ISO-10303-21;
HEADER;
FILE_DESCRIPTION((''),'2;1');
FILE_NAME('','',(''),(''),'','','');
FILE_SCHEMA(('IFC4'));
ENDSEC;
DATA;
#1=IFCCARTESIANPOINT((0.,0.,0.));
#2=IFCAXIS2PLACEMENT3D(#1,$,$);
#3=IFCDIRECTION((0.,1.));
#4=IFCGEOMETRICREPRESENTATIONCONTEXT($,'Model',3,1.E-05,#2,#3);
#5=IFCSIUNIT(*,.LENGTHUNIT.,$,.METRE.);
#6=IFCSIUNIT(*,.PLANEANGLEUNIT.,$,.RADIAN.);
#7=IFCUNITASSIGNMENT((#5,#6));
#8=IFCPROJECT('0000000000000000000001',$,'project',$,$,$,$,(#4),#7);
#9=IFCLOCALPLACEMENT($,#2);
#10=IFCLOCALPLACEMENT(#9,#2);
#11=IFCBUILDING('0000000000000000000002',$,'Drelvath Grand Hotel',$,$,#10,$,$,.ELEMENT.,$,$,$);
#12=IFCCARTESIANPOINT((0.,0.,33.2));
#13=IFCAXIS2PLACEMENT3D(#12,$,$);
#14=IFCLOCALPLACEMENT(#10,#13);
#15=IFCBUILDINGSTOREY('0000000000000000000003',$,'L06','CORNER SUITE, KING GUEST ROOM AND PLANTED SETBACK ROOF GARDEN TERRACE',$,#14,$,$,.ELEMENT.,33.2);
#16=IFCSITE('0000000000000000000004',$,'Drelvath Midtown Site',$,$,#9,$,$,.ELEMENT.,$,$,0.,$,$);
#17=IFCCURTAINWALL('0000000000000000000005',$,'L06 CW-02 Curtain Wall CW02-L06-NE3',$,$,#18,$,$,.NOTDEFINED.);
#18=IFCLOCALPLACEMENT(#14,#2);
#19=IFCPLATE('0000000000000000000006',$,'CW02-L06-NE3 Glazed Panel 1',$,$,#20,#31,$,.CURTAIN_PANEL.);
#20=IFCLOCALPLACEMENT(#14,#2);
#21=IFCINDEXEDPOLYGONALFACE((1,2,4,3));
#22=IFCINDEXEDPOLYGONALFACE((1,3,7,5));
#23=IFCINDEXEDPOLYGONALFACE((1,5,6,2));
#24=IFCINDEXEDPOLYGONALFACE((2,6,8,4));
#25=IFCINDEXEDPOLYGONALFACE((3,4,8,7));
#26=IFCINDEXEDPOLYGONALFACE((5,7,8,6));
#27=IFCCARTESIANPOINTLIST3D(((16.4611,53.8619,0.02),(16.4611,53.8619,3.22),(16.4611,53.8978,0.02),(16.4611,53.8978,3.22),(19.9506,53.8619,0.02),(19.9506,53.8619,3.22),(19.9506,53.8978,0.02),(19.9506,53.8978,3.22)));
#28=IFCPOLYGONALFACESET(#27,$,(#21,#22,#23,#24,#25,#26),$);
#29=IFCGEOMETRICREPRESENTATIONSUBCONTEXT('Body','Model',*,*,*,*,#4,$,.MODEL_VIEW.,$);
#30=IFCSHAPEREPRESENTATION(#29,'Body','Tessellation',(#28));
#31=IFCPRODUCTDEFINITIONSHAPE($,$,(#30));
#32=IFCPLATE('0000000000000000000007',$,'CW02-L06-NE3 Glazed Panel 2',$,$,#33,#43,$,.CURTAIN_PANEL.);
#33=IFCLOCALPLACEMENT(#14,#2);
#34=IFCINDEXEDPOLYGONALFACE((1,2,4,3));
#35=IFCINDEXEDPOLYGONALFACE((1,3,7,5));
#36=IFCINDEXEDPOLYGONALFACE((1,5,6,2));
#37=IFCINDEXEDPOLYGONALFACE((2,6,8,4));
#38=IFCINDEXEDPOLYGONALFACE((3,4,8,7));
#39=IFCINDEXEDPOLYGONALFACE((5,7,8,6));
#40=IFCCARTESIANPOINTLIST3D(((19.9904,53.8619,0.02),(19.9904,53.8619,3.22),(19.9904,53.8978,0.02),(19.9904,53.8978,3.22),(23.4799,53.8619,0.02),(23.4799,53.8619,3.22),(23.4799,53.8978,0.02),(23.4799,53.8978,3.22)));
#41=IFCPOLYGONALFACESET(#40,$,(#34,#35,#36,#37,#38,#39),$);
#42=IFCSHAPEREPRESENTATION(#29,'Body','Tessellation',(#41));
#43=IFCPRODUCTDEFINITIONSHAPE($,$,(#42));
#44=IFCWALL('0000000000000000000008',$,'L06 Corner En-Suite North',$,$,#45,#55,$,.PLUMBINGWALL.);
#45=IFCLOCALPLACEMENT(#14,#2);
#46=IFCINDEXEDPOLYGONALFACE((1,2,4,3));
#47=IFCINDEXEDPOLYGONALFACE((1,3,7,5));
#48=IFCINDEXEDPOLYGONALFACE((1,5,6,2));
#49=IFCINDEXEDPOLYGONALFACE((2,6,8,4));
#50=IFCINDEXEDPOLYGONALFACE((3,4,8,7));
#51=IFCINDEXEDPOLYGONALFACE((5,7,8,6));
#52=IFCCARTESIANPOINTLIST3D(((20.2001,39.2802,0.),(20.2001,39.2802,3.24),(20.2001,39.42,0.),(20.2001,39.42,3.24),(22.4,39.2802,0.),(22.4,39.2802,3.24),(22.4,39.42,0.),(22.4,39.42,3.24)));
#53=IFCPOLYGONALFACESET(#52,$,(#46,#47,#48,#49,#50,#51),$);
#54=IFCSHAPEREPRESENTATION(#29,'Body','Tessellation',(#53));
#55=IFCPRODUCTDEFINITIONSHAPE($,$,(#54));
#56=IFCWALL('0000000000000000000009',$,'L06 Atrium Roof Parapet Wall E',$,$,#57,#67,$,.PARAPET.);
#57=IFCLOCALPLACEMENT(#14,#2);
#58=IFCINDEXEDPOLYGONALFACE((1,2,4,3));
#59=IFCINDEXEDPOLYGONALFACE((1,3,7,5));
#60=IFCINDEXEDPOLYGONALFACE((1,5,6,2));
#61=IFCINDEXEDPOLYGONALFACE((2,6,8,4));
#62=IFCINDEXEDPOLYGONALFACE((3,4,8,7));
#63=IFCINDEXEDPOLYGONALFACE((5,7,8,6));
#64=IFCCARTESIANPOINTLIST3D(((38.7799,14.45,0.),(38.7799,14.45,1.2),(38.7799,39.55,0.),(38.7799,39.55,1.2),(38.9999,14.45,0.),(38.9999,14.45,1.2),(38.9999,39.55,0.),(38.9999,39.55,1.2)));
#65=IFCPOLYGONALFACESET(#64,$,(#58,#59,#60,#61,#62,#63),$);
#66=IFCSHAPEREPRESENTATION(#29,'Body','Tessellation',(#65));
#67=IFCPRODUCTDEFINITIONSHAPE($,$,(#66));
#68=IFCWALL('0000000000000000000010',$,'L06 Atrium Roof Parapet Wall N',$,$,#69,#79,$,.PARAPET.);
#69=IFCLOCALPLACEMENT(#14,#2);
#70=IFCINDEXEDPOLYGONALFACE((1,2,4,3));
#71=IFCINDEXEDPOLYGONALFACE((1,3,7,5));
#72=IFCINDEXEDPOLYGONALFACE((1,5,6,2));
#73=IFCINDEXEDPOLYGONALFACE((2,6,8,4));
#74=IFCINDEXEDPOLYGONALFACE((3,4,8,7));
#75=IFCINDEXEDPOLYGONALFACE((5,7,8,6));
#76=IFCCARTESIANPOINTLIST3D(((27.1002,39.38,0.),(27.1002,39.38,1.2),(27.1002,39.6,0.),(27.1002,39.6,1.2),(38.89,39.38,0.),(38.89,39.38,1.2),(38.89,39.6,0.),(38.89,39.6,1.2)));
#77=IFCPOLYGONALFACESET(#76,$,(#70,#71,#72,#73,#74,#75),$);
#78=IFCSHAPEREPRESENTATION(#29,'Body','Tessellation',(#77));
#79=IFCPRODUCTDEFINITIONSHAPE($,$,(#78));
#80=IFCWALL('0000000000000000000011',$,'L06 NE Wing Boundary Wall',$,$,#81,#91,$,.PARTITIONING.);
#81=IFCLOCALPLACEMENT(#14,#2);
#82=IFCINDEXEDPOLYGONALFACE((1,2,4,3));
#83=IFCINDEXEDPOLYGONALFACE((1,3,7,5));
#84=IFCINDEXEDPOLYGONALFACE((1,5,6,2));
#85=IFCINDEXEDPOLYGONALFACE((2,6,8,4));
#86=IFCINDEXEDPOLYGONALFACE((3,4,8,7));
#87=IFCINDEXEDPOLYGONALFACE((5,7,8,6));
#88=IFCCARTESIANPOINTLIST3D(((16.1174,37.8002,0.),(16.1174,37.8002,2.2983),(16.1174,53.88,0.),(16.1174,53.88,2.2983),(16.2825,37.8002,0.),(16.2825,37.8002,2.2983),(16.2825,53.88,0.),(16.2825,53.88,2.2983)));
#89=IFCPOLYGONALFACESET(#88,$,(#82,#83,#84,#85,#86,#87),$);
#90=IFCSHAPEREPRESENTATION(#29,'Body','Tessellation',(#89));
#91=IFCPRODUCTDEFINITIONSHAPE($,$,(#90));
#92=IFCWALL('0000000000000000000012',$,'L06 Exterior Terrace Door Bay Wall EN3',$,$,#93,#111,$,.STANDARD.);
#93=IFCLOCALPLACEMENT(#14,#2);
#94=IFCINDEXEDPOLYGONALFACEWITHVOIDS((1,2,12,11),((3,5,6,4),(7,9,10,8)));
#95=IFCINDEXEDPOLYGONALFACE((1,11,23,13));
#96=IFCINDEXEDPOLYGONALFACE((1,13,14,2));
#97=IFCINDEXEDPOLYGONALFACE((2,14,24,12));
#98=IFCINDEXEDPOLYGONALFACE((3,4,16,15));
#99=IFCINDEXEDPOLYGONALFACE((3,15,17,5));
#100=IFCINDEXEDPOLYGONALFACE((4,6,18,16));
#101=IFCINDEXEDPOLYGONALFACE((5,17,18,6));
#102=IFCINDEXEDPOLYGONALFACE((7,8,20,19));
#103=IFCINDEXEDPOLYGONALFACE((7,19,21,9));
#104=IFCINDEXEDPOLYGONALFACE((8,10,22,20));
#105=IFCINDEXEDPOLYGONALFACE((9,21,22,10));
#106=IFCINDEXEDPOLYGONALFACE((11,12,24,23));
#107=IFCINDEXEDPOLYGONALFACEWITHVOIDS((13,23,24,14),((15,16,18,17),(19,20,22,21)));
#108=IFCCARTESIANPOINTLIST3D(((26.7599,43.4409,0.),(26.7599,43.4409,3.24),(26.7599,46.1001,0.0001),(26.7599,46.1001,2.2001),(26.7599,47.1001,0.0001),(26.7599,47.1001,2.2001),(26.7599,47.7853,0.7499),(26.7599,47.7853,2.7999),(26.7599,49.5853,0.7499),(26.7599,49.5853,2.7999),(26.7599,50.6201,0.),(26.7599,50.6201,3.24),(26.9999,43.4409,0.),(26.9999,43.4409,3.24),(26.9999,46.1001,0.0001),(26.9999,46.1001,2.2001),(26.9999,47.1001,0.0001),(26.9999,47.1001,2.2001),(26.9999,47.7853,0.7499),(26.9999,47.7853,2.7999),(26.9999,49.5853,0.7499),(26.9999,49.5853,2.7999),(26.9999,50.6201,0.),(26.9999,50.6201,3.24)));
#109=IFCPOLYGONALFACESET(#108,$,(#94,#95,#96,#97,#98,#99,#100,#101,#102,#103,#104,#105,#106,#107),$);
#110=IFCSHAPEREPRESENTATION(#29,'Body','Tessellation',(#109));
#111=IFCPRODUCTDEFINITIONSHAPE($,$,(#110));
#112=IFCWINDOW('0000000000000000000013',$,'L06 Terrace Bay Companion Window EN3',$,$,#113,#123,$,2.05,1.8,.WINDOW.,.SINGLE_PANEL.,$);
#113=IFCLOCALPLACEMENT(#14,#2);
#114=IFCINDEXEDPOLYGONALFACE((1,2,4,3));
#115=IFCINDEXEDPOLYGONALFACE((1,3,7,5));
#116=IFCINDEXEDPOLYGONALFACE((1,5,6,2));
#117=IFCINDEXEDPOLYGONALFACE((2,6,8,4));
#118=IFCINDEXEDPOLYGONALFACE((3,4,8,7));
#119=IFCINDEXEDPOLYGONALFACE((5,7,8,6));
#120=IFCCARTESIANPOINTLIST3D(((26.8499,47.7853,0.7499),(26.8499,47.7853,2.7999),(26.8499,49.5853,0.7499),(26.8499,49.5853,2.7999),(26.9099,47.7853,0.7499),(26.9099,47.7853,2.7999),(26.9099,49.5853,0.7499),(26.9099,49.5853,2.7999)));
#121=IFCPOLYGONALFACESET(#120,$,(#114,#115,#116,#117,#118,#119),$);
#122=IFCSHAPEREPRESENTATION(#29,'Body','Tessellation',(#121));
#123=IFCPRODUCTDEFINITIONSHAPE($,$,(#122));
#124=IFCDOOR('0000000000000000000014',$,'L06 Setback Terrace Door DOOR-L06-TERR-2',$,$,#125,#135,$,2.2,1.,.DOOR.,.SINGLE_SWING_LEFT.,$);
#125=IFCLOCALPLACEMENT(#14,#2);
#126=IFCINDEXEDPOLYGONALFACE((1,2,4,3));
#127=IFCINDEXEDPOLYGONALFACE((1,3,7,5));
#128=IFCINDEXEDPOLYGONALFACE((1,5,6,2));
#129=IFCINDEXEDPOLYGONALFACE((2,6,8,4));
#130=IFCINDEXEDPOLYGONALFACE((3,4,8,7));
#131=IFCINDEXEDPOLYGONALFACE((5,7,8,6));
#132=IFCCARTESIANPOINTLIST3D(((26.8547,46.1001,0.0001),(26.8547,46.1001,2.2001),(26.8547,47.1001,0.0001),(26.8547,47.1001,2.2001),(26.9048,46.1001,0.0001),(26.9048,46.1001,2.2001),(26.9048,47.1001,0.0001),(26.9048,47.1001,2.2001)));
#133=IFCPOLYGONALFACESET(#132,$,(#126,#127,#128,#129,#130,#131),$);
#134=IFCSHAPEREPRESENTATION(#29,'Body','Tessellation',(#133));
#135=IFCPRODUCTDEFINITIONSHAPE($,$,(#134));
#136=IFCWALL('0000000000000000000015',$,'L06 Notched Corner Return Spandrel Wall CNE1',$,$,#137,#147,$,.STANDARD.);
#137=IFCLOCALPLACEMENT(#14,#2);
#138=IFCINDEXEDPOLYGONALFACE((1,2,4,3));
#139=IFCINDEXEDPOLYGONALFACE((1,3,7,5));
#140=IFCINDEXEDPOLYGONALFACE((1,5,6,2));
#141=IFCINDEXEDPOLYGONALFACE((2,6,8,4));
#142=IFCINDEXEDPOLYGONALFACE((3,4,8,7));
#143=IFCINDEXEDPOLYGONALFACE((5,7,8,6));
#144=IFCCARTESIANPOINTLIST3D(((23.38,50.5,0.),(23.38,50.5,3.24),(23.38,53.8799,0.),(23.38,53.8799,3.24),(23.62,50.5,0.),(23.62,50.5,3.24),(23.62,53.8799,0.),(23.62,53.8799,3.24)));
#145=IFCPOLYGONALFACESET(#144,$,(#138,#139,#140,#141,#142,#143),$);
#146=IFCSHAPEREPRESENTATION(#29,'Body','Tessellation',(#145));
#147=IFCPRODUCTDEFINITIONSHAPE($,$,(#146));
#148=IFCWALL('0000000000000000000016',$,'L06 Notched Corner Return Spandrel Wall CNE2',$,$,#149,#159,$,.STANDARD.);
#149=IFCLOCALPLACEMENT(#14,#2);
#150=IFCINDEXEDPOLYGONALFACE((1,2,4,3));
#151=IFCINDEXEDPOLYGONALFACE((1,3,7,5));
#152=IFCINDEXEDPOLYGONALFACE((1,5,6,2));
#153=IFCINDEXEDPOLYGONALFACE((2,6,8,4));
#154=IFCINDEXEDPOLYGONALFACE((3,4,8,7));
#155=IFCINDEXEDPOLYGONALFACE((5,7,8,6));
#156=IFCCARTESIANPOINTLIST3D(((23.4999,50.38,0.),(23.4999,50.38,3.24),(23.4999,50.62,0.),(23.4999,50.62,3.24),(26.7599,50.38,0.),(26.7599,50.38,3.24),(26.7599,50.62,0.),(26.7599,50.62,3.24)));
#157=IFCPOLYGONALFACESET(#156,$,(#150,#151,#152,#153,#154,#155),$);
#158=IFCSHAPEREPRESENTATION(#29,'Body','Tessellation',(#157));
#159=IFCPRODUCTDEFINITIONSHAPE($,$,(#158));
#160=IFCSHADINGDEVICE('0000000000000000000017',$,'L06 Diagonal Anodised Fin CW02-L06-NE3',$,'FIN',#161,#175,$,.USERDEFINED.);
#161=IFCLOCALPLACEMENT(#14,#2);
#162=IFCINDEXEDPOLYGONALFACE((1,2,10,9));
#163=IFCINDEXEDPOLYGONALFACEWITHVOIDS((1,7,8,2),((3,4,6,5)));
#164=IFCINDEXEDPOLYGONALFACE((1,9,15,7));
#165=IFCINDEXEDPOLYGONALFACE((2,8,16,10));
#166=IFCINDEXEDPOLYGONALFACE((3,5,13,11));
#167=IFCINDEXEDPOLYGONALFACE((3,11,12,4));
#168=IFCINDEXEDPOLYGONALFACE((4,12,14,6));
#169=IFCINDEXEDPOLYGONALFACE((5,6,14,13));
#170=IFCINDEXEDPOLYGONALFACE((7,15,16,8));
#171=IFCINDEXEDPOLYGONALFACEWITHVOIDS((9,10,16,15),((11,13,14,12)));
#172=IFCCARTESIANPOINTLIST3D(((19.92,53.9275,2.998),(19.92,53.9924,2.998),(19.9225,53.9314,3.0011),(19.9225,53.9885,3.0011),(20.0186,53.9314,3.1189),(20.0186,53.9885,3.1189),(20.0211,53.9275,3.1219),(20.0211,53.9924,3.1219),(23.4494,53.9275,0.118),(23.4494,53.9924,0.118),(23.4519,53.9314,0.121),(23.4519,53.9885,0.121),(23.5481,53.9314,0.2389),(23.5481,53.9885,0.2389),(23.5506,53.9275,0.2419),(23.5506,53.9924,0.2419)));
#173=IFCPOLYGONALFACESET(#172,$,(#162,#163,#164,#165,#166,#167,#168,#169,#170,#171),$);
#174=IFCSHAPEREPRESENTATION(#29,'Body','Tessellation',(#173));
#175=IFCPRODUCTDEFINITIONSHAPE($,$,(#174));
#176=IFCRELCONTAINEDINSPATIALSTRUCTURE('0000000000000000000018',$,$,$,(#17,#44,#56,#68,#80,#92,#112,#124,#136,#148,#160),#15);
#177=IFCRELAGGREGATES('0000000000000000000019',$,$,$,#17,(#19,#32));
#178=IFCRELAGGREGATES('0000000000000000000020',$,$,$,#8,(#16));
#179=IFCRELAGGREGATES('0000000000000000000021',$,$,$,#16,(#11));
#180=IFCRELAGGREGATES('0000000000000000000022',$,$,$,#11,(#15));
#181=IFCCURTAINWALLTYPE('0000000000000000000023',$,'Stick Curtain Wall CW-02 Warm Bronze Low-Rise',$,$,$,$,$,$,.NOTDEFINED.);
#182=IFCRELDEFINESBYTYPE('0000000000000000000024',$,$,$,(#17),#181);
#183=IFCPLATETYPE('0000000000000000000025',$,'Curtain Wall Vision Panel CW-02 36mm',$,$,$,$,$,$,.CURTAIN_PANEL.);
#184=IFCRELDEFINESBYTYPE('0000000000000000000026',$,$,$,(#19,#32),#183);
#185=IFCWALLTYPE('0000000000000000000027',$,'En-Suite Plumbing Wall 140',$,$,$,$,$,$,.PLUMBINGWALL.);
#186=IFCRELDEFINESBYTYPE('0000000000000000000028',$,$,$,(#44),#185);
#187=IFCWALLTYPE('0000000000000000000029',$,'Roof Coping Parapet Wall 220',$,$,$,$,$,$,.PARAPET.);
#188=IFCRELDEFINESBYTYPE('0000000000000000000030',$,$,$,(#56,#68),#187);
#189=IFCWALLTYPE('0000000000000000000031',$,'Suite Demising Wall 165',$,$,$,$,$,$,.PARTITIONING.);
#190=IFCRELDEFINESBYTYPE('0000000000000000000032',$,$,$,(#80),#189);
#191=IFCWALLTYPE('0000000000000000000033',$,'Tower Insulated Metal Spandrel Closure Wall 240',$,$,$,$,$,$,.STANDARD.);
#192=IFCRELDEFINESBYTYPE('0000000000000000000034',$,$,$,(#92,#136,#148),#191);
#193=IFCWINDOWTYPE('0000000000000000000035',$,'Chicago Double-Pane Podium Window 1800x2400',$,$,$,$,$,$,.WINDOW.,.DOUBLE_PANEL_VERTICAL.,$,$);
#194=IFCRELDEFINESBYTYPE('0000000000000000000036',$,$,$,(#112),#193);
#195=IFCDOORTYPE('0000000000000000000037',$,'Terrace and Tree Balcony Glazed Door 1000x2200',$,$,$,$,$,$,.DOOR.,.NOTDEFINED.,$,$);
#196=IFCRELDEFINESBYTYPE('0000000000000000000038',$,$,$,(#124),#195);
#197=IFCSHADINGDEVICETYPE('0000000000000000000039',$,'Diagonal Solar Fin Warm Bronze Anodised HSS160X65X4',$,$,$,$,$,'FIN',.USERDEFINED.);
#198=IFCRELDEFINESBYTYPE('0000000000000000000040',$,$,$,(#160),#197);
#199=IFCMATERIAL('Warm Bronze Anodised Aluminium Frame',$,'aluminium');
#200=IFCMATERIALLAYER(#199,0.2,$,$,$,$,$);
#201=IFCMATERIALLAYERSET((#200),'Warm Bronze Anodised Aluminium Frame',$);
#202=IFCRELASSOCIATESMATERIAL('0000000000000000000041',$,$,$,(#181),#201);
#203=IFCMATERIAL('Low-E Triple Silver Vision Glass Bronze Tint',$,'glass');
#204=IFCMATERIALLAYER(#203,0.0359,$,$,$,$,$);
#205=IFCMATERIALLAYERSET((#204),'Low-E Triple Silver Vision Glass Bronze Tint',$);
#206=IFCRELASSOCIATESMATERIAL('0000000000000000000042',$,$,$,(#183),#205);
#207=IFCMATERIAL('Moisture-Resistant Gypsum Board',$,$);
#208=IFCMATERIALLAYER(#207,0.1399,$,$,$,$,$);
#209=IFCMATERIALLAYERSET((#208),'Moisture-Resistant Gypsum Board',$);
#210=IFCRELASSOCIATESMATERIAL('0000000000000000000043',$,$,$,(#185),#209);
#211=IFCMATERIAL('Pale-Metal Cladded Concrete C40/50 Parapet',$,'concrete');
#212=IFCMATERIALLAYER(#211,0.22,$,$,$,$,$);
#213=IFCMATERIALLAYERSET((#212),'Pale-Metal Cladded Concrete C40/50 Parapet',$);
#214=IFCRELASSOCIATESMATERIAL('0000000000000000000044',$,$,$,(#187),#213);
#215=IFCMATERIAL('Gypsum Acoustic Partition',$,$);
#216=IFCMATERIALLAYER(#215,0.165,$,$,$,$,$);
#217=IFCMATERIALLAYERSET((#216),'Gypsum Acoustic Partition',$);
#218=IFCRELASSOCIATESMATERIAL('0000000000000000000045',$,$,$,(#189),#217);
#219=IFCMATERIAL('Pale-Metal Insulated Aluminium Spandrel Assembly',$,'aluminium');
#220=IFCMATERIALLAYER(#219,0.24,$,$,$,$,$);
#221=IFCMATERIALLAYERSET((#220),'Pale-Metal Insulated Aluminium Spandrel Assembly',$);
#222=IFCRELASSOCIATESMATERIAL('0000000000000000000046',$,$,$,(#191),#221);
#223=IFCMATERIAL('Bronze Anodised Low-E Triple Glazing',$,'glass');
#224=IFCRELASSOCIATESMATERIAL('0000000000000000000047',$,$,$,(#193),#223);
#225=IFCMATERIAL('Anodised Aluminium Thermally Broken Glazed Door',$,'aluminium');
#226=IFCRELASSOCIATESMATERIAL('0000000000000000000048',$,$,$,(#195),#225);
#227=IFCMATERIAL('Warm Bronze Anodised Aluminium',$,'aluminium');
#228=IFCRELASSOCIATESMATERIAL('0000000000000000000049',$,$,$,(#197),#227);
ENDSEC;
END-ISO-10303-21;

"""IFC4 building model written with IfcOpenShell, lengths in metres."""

from ifc_helpers import new_model, si_unit, direction, frame, frame_2d, origin, origin_2d, place, context, subcontext, project, spatial, rectangle, hollow_rectangle, extrude, material, layer, layer_set, material_profile, profile_set, type_object, element, fill, aggregate, save


model = new_model("IFC4")

# Units and contexts
model_context = context("Model", 3, precision=1e-05, world=origin(), true_north=direction((0.0, 1.0)))
body_context = subcontext(model_context, "Body", "Model", "MODEL_VIEW")
ifc_project = project(units=[si_unit("LENGTHUNIT", "METRE"), si_unit("PLANEANGLEUNIT", "RADIAN")], contexts=[model_context])

# Site, building, storey
site_placement = place(None, origin())
site = spatial("IfcSite", under=ifc_project, at=site_placement, Name="Drelvath Midtown Site", CompositionType="ELEMENT", RefElevation=0.0)
building_placement = place(site_placement, origin())
building = spatial("IfcBuilding", under=site, at=building_placement, Name="Drelvath Grand Hotel", CompositionType="ELEMENT")
storey_placement = place(building_placement, frame((0.0, 0.0, 33.2)))
storey = spatial("IfcBuildingStorey", under=building, at=storey_placement, Name="L06", Description="CORNER SUITE, KING GUEST ROOM AND PLANTED SETBACK ROOF GARDEN TERRACE", CompositionType="ELEMENT", Elevation=33.2)

# Curtain wall
ifc_material_1 = material(Name="Warm Bronze Anodised Aluminium Frame", Category="aluminium")
ifc_layer_1 = layer(ifc_material_1, 0.2)
ifc_layer_set_1 = layer_set([ifc_layer_1], Name="Warm Bronze Anodised Aluminium Frame")
curtain_wall_type = type_object("IfcCurtainWallType", Name="Stick Curtain Wall CW-02 Warm Bronze Low-Rise", PredefinedType="NOTDEFINED", material=ifc_layer_set_1)
curtain_wall_1_placement = place(storey_placement, origin())
curtain_wall_1 = element("IfcCurtainWall", 1, at=curtain_wall_1_placement, inside=storey, type_object=curtain_wall_type, Name="L06 CW-02 Curtain Wall CW02-L06-NE3", PredefinedType="NOTDEFINED")

# Plates
ifc_material_2 = material(Name="Low-E Triple Silver Vision Glass Bronze Tint", Category="glass")
ifc_layer_2 = layer(ifc_material_2, 0.0359)
ifc_layer_set_2 = layer_set([ifc_layer_2], Name="Low-E Triple Silver Vision Glass Bronze Tint")
plate_type = type_object("IfcPlateType", Name="Curtain Wall Vision Panel CW-02 36mm", PredefinedType="CURTAIN_PANEL", material=ifc_layer_set_2)
plate_1_placement = place(storey_placement, frame((18.2058, 53.8799, 0.02), z_axis=(0.0, 0.0, 1.0), x_axis=(1.0, 0.0, 0.0)))
plate_1 = element("IfcPlate", 2, at=plate_1_placement, type_object=plate_type, Name="CW02-L06-NE3 Glazed Panel 1", PredefinedType="CURTAIN_PANEL", context=body_context, shape_type="SweptSolid", body=[
    extrude(rectangle(XDim=3.4895, YDim=0.0359, at=origin_2d()), origin(), (0.0, 0.0, 1.0), 3.2),
])
plate_2_placement = place(storey_placement, frame((21.7351, 53.8799, 0.02), z_axis=(0.0, 0.0, 1.0), x_axis=(1.0, 0.0, 0.0)))
plate_2 = element("IfcPlate", 3, at=plate_2_placement, type_object=plate_type, Name="CW02-L06-NE3 Glazed Panel 2", PredefinedType="CURTAIN_PANEL", context=body_context, shape_type="SweptSolid", body=[
    extrude(rectangle(XDim=3.4895, YDim=0.0359, at=origin_2d()), origin(), (0.0, 0.0, 1.0), 3.2),
])
aggregate(curtain_wall_1, [plate_1, plate_2])

# Walls
ifc_material_3 = material(Name="Moisture-Resistant Gypsum Board")
ifc_layer_3 = layer(ifc_material_3, 0.1399)
ifc_layer_set_3 = layer_set([ifc_layer_3], Name="Moisture-Resistant Gypsum Board")
wall_type_1 = type_object("IfcWallType", Name="En-Suite Plumbing Wall 140", PredefinedType="PLUMBINGWALL", material=ifc_layer_set_3)
wall_1_placement = place(storey_placement, frame((20.2, 39.3501, 0.0), z_axis=(0.0, 0.0, 1.0), x_axis=(1.0, 0.0, 0.0)))
element("IfcWall", 4, at=wall_1_placement, inside=storey, type_object=wall_type_1, Name="L06 Corner En-Suite North", PredefinedType="PLUMBINGWALL", context=body_context, shape_type="SweptSolid", body=[
    extrude(rectangle(XDim=2.2, YDim=0.1399, at=frame_2d((1.1001, 0.0))), origin(), (0.0, 0.0, 1.0), 3.24),
])
ifc_material_4 = material(Name="Pale-Metal Cladded Concrete C40/50 Parapet", Category="concrete")
ifc_layer_4 = layer(ifc_material_4, 0.22)
ifc_layer_set_4 = layer_set([ifc_layer_4], Name="Pale-Metal Cladded Concrete C40/50 Parapet")
wall_type_2 = type_object("IfcWallType", Name="Roof Coping Parapet Wall 220", PredefinedType="PARAPET", material=ifc_layer_set_4)
wall_2_placement = place(storey_placement, frame((38.8899, 39.55, 0.0), z_axis=(0.0, 0.0, 1.0), x_axis=(0.0, -1.0, 0.0)))
element("IfcWall", 5, at=wall_2_placement, inside=storey, type_object=wall_type_2, Name="L06 Atrium Roof Parapet Wall E", PredefinedType="PARAPET", context=body_context, shape_type="SweptSolid", body=[
    extrude(rectangle(XDim=25.1001, YDim=0.22, at=frame_2d((12.55, 0.0))), origin(), (0.0, 0.0, 1.0), 1.2),
])
wall_3_placement = place(storey_placement, frame((27.1001, 39.49, 0.0), z_axis=(0.0, 0.0, 1.0), x_axis=(1.0, 0.0, 0.0)))
element("IfcWall", 6, at=wall_3_placement, inside=storey, type_object=wall_type_2, Name="L06 Atrium Roof Parapet Wall N", PredefinedType="PARAPET", context=body_context, shape_type="SweptSolid", body=[
    extrude(rectangle(XDim=11.7898, YDim=0.22, at=frame_2d((5.895, 0.0))), origin(), (0.0, 0.0, 1.0), 1.2),
])
ifc_material_5 = material(Name="Gypsum Acoustic Partition")
ifc_layer_5 = layer(ifc_material_5, 0.165)
ifc_layer_set_5 = layer_set([ifc_layer_5], Name="Gypsum Acoustic Partition")
wall_type_3 = type_object("IfcWallType", Name="Suite Demising Wall 165", PredefinedType="PARTITIONING", material=ifc_layer_set_5)
wall_4_placement = place(storey_placement, frame((16.2, 37.8, 0.0), z_axis=(0.0, 0.0, 1.0), x_axis=(0.0, 1.0, 0.0)))
element("IfcWall", 7, at=wall_4_placement, inside=storey, type_object=wall_type_3, Name="L06 NE Wing Boundary Wall", PredefinedType="PARTITIONING", context=body_context, shape_type="SweptSolid", body=[
    extrude(rectangle(XDim=16.0798, YDim=0.165, at=frame_2d((8.04, 0.0))), origin(), (0.0, 0.0, 1.0), 2.2983),
])

# Wall, openings, window, door
ifc_material_6 = material(Name="Pale-Metal Insulated Aluminium Spandrel Assembly", Category="aluminium")
ifc_layer_6 = layer(ifc_material_6, 0.24)
ifc_layer_set_6 = layer_set([ifc_layer_6], Name="Pale-Metal Insulated Aluminium Spandrel Assembly")
wall_type_4 = type_object("IfcWallType", Name="Tower Insulated Metal Spandrel Closure Wall 240", PredefinedType="STANDARD", material=ifc_layer_set_6)
wall_5_placement = place(storey_placement, frame((26.8799, 50.6201, 0.0), z_axis=(0.0, 0.0, 1.0), x_axis=(0.0, -1.0, 0.0)))
wall_5 = element("IfcWall", 8, at=wall_5_placement, inside=storey, type_object=wall_type_4, Name="L06 Exterior Terrace Door Bay Wall EN3", PredefinedType="STANDARD", context=body_context, shape_type="SweptSolid", body=[
    extrude(rectangle(XDim=7.1792, YDim=0.24, at=frame_2d((3.5896, 0.0))), origin(), (0.0, 0.0, 1.0), 3.24),
])
opening_1_placement = place(wall_5_placement, frame((3.52, 0.0, 0.0)))
opening_1 = element("IfcOpeningElement", 9, at=opening_1_placement, cuts=wall_5, PredefinedType="OPENING", context=body_context, shape_type="SweptSolid", body=[
    extrude(rectangle(XDim=1.0, YDim=2.2, at=frame_2d((0.5, 1.1001))), frame((0.0, 0.1299, 0.0), z_axis=(0.0, -1.0, 0.0), x_axis=(1.0, 0.0, 0.0)), (0.0, 0.0, 1.0), 0.26),
])
opening_2_placement = place(wall_5_placement, frame((1.0349, 0.0, 0.75)))
opening_2 = element("IfcOpeningElement", 10, at=opening_2_placement, cuts=wall_5, PredefinedType="OPENING", context=body_context, shape_type="SweptSolid", body=[
    extrude(rectangle(XDim=1.8, YDim=2.05, at=frame_2d((0.8999, 1.0249))), frame((0.0, 0.1299, 0.0), z_axis=(0.0, -1.0, 0.0), x_axis=(1.0, 0.0, 0.0)), (0.0, 0.0, 1.0), 0.26),
])
ifc_material_7 = material(Name="Bronze Anodised Low-E Triple Glazing", Category="glass")
window_type = type_object("IfcWindowType", Name="Chicago Double-Pane Podium Window 1800x2400", PartitioningType="DOUBLE_PANEL_VERTICAL", PredefinedType="WINDOW", material=ifc_material_7)
window_placement = place(opening_2_placement, origin())
window = element("IfcWindow", 11, at=window_placement, inside=storey, type_object=window_type, Name="L06 Terrace Bay Companion Window EN3", OverallHeight=2.05, OverallWidth=1.8, PartitioningType="SINGLE_PANEL", PredefinedType="WINDOW", context=body_context, shape_type="SweptSolid", body=[
    extrude(rectangle(XDim=1.8, YDim=2.05, at=frame_2d((0.8999, 1.0249))), frame((0.0, 0.03, 0.0), z_axis=(0.0, -1.0, 0.0), x_axis=(1.0, 0.0, 0.0)), (0.0, 0.0, 1.0), 0.0601),
])
fill(opening_2, window)
ifc_material_8 = material(Name="Anodised Aluminium Thermally Broken Glazed Door", Category="aluminium")
door_type = type_object("IfcDoorType", Name="Terrace and Tree Balcony Glazed Door 1000x2200", OperationType="NOTDEFINED", PredefinedType="DOOR", material=ifc_material_8)
door_placement = place(opening_1_placement, origin())
door = element("IfcDoor", 12, at=door_placement, inside=storey, type_object=door_type, Name="L06 Setback Terrace Door DOOR-L06-TERR-2", OperationType="SINGLE_SWING_LEFT", OverallHeight=2.2, OverallWidth=1.0, PredefinedType="DOOR", context=body_context, shape_type="SweptSolid", body=[
    extrude(rectangle(XDim=1.0, YDim=2.2, at=frame_2d((0.5, 1.1001))), frame((0.0, 0.0249, 0.0), z_axis=(0.0, -1.0, 0.0), x_axis=(1.0, 0.0, 0.0)), (0.0, 0.0, 1.0), 0.05),
])
fill(opening_1, door)

# Walls
wall_6_placement = place(storey_placement, frame((23.5, 53.8799, 0.0), z_axis=(0.0, 0.0, 1.0), x_axis=(0.0, -1.0, 0.0)))
element("IfcWall", 13, at=wall_6_placement, inside=storey, type_object=wall_type_4, Name="L06 Notched Corner Return Spandrel Wall CNE1", PredefinedType="STANDARD", context=body_context, shape_type="SweptSolid", body=[
    extrude(rectangle(XDim=3.3799, YDim=0.24, at=frame_2d((1.6899, 0.0))), origin(), (0.0, 0.0, 1.0), 3.24),
])
wall_7_placement = place(storey_placement, frame((23.5, 50.5, 0.0), z_axis=(0.0, 0.0, 1.0), x_axis=(1.0, 0.0, 0.0)))
element("IfcWall", 14, at=wall_7_placement, inside=storey, type_object=wall_type_4, Name="L06 Notched Corner Return Spandrel Wall CNE2", PredefinedType="STANDARD", context=body_context, shape_type="SweptSolid", body=[
    extrude(rectangle(XDim=3.26, YDim=0.24, at=frame_2d((1.6299, 0.0))), origin(), (0.0, 0.0, 1.0), 3.24),
])

# Shading device
ifc_material_9 = material(Name="Warm Bronze Anodised Aluminium", Category="aluminium")
ifc_material_profile_1 = material_profile(ifc_material_9, hollow_rectangle(XDim=0.0649, YDim=0.1599, WallThickness=0.0039, at=origin_2d()), Name="HSS160X65X4")
ifc_profile_set_1 = profile_set([ifc_material_profile_1], Name="Warm Bronze Anodised Aluminium")
shading_device_type = type_object("IfcShadingDeviceType", Name="Diagonal Solar Fin Warm Bronze Anodised HSS160X65X4", ElementType="FIN", PredefinedType="USERDEFINED", material=ifc_profile_set_1)
shading_device_placement = place(storey_placement, frame((23.5, 53.96, 0.1799), z_axis=(-0.774783, 0.0, 0.632227), x_axis=(0.0, -1.0, 0.0)))
element("IfcShadingDevice", 15, at=shading_device_placement, inside=storey, type_object=shading_device_type, Name="L06 Diagonal Anodised Fin CW02-L06-NE3", ObjectType="FIN", PredefinedType="USERDEFINED", context=body_context, shape_type="SweptSolid", body=[
    extrude(hollow_rectangle(XDim=0.0649, YDim=0.1599, WallThickness=0.0039, at=origin_2d()), origin(), (0.0, 0.0, 1.0), 4.5554),
])

save(model, "model.ifc")
